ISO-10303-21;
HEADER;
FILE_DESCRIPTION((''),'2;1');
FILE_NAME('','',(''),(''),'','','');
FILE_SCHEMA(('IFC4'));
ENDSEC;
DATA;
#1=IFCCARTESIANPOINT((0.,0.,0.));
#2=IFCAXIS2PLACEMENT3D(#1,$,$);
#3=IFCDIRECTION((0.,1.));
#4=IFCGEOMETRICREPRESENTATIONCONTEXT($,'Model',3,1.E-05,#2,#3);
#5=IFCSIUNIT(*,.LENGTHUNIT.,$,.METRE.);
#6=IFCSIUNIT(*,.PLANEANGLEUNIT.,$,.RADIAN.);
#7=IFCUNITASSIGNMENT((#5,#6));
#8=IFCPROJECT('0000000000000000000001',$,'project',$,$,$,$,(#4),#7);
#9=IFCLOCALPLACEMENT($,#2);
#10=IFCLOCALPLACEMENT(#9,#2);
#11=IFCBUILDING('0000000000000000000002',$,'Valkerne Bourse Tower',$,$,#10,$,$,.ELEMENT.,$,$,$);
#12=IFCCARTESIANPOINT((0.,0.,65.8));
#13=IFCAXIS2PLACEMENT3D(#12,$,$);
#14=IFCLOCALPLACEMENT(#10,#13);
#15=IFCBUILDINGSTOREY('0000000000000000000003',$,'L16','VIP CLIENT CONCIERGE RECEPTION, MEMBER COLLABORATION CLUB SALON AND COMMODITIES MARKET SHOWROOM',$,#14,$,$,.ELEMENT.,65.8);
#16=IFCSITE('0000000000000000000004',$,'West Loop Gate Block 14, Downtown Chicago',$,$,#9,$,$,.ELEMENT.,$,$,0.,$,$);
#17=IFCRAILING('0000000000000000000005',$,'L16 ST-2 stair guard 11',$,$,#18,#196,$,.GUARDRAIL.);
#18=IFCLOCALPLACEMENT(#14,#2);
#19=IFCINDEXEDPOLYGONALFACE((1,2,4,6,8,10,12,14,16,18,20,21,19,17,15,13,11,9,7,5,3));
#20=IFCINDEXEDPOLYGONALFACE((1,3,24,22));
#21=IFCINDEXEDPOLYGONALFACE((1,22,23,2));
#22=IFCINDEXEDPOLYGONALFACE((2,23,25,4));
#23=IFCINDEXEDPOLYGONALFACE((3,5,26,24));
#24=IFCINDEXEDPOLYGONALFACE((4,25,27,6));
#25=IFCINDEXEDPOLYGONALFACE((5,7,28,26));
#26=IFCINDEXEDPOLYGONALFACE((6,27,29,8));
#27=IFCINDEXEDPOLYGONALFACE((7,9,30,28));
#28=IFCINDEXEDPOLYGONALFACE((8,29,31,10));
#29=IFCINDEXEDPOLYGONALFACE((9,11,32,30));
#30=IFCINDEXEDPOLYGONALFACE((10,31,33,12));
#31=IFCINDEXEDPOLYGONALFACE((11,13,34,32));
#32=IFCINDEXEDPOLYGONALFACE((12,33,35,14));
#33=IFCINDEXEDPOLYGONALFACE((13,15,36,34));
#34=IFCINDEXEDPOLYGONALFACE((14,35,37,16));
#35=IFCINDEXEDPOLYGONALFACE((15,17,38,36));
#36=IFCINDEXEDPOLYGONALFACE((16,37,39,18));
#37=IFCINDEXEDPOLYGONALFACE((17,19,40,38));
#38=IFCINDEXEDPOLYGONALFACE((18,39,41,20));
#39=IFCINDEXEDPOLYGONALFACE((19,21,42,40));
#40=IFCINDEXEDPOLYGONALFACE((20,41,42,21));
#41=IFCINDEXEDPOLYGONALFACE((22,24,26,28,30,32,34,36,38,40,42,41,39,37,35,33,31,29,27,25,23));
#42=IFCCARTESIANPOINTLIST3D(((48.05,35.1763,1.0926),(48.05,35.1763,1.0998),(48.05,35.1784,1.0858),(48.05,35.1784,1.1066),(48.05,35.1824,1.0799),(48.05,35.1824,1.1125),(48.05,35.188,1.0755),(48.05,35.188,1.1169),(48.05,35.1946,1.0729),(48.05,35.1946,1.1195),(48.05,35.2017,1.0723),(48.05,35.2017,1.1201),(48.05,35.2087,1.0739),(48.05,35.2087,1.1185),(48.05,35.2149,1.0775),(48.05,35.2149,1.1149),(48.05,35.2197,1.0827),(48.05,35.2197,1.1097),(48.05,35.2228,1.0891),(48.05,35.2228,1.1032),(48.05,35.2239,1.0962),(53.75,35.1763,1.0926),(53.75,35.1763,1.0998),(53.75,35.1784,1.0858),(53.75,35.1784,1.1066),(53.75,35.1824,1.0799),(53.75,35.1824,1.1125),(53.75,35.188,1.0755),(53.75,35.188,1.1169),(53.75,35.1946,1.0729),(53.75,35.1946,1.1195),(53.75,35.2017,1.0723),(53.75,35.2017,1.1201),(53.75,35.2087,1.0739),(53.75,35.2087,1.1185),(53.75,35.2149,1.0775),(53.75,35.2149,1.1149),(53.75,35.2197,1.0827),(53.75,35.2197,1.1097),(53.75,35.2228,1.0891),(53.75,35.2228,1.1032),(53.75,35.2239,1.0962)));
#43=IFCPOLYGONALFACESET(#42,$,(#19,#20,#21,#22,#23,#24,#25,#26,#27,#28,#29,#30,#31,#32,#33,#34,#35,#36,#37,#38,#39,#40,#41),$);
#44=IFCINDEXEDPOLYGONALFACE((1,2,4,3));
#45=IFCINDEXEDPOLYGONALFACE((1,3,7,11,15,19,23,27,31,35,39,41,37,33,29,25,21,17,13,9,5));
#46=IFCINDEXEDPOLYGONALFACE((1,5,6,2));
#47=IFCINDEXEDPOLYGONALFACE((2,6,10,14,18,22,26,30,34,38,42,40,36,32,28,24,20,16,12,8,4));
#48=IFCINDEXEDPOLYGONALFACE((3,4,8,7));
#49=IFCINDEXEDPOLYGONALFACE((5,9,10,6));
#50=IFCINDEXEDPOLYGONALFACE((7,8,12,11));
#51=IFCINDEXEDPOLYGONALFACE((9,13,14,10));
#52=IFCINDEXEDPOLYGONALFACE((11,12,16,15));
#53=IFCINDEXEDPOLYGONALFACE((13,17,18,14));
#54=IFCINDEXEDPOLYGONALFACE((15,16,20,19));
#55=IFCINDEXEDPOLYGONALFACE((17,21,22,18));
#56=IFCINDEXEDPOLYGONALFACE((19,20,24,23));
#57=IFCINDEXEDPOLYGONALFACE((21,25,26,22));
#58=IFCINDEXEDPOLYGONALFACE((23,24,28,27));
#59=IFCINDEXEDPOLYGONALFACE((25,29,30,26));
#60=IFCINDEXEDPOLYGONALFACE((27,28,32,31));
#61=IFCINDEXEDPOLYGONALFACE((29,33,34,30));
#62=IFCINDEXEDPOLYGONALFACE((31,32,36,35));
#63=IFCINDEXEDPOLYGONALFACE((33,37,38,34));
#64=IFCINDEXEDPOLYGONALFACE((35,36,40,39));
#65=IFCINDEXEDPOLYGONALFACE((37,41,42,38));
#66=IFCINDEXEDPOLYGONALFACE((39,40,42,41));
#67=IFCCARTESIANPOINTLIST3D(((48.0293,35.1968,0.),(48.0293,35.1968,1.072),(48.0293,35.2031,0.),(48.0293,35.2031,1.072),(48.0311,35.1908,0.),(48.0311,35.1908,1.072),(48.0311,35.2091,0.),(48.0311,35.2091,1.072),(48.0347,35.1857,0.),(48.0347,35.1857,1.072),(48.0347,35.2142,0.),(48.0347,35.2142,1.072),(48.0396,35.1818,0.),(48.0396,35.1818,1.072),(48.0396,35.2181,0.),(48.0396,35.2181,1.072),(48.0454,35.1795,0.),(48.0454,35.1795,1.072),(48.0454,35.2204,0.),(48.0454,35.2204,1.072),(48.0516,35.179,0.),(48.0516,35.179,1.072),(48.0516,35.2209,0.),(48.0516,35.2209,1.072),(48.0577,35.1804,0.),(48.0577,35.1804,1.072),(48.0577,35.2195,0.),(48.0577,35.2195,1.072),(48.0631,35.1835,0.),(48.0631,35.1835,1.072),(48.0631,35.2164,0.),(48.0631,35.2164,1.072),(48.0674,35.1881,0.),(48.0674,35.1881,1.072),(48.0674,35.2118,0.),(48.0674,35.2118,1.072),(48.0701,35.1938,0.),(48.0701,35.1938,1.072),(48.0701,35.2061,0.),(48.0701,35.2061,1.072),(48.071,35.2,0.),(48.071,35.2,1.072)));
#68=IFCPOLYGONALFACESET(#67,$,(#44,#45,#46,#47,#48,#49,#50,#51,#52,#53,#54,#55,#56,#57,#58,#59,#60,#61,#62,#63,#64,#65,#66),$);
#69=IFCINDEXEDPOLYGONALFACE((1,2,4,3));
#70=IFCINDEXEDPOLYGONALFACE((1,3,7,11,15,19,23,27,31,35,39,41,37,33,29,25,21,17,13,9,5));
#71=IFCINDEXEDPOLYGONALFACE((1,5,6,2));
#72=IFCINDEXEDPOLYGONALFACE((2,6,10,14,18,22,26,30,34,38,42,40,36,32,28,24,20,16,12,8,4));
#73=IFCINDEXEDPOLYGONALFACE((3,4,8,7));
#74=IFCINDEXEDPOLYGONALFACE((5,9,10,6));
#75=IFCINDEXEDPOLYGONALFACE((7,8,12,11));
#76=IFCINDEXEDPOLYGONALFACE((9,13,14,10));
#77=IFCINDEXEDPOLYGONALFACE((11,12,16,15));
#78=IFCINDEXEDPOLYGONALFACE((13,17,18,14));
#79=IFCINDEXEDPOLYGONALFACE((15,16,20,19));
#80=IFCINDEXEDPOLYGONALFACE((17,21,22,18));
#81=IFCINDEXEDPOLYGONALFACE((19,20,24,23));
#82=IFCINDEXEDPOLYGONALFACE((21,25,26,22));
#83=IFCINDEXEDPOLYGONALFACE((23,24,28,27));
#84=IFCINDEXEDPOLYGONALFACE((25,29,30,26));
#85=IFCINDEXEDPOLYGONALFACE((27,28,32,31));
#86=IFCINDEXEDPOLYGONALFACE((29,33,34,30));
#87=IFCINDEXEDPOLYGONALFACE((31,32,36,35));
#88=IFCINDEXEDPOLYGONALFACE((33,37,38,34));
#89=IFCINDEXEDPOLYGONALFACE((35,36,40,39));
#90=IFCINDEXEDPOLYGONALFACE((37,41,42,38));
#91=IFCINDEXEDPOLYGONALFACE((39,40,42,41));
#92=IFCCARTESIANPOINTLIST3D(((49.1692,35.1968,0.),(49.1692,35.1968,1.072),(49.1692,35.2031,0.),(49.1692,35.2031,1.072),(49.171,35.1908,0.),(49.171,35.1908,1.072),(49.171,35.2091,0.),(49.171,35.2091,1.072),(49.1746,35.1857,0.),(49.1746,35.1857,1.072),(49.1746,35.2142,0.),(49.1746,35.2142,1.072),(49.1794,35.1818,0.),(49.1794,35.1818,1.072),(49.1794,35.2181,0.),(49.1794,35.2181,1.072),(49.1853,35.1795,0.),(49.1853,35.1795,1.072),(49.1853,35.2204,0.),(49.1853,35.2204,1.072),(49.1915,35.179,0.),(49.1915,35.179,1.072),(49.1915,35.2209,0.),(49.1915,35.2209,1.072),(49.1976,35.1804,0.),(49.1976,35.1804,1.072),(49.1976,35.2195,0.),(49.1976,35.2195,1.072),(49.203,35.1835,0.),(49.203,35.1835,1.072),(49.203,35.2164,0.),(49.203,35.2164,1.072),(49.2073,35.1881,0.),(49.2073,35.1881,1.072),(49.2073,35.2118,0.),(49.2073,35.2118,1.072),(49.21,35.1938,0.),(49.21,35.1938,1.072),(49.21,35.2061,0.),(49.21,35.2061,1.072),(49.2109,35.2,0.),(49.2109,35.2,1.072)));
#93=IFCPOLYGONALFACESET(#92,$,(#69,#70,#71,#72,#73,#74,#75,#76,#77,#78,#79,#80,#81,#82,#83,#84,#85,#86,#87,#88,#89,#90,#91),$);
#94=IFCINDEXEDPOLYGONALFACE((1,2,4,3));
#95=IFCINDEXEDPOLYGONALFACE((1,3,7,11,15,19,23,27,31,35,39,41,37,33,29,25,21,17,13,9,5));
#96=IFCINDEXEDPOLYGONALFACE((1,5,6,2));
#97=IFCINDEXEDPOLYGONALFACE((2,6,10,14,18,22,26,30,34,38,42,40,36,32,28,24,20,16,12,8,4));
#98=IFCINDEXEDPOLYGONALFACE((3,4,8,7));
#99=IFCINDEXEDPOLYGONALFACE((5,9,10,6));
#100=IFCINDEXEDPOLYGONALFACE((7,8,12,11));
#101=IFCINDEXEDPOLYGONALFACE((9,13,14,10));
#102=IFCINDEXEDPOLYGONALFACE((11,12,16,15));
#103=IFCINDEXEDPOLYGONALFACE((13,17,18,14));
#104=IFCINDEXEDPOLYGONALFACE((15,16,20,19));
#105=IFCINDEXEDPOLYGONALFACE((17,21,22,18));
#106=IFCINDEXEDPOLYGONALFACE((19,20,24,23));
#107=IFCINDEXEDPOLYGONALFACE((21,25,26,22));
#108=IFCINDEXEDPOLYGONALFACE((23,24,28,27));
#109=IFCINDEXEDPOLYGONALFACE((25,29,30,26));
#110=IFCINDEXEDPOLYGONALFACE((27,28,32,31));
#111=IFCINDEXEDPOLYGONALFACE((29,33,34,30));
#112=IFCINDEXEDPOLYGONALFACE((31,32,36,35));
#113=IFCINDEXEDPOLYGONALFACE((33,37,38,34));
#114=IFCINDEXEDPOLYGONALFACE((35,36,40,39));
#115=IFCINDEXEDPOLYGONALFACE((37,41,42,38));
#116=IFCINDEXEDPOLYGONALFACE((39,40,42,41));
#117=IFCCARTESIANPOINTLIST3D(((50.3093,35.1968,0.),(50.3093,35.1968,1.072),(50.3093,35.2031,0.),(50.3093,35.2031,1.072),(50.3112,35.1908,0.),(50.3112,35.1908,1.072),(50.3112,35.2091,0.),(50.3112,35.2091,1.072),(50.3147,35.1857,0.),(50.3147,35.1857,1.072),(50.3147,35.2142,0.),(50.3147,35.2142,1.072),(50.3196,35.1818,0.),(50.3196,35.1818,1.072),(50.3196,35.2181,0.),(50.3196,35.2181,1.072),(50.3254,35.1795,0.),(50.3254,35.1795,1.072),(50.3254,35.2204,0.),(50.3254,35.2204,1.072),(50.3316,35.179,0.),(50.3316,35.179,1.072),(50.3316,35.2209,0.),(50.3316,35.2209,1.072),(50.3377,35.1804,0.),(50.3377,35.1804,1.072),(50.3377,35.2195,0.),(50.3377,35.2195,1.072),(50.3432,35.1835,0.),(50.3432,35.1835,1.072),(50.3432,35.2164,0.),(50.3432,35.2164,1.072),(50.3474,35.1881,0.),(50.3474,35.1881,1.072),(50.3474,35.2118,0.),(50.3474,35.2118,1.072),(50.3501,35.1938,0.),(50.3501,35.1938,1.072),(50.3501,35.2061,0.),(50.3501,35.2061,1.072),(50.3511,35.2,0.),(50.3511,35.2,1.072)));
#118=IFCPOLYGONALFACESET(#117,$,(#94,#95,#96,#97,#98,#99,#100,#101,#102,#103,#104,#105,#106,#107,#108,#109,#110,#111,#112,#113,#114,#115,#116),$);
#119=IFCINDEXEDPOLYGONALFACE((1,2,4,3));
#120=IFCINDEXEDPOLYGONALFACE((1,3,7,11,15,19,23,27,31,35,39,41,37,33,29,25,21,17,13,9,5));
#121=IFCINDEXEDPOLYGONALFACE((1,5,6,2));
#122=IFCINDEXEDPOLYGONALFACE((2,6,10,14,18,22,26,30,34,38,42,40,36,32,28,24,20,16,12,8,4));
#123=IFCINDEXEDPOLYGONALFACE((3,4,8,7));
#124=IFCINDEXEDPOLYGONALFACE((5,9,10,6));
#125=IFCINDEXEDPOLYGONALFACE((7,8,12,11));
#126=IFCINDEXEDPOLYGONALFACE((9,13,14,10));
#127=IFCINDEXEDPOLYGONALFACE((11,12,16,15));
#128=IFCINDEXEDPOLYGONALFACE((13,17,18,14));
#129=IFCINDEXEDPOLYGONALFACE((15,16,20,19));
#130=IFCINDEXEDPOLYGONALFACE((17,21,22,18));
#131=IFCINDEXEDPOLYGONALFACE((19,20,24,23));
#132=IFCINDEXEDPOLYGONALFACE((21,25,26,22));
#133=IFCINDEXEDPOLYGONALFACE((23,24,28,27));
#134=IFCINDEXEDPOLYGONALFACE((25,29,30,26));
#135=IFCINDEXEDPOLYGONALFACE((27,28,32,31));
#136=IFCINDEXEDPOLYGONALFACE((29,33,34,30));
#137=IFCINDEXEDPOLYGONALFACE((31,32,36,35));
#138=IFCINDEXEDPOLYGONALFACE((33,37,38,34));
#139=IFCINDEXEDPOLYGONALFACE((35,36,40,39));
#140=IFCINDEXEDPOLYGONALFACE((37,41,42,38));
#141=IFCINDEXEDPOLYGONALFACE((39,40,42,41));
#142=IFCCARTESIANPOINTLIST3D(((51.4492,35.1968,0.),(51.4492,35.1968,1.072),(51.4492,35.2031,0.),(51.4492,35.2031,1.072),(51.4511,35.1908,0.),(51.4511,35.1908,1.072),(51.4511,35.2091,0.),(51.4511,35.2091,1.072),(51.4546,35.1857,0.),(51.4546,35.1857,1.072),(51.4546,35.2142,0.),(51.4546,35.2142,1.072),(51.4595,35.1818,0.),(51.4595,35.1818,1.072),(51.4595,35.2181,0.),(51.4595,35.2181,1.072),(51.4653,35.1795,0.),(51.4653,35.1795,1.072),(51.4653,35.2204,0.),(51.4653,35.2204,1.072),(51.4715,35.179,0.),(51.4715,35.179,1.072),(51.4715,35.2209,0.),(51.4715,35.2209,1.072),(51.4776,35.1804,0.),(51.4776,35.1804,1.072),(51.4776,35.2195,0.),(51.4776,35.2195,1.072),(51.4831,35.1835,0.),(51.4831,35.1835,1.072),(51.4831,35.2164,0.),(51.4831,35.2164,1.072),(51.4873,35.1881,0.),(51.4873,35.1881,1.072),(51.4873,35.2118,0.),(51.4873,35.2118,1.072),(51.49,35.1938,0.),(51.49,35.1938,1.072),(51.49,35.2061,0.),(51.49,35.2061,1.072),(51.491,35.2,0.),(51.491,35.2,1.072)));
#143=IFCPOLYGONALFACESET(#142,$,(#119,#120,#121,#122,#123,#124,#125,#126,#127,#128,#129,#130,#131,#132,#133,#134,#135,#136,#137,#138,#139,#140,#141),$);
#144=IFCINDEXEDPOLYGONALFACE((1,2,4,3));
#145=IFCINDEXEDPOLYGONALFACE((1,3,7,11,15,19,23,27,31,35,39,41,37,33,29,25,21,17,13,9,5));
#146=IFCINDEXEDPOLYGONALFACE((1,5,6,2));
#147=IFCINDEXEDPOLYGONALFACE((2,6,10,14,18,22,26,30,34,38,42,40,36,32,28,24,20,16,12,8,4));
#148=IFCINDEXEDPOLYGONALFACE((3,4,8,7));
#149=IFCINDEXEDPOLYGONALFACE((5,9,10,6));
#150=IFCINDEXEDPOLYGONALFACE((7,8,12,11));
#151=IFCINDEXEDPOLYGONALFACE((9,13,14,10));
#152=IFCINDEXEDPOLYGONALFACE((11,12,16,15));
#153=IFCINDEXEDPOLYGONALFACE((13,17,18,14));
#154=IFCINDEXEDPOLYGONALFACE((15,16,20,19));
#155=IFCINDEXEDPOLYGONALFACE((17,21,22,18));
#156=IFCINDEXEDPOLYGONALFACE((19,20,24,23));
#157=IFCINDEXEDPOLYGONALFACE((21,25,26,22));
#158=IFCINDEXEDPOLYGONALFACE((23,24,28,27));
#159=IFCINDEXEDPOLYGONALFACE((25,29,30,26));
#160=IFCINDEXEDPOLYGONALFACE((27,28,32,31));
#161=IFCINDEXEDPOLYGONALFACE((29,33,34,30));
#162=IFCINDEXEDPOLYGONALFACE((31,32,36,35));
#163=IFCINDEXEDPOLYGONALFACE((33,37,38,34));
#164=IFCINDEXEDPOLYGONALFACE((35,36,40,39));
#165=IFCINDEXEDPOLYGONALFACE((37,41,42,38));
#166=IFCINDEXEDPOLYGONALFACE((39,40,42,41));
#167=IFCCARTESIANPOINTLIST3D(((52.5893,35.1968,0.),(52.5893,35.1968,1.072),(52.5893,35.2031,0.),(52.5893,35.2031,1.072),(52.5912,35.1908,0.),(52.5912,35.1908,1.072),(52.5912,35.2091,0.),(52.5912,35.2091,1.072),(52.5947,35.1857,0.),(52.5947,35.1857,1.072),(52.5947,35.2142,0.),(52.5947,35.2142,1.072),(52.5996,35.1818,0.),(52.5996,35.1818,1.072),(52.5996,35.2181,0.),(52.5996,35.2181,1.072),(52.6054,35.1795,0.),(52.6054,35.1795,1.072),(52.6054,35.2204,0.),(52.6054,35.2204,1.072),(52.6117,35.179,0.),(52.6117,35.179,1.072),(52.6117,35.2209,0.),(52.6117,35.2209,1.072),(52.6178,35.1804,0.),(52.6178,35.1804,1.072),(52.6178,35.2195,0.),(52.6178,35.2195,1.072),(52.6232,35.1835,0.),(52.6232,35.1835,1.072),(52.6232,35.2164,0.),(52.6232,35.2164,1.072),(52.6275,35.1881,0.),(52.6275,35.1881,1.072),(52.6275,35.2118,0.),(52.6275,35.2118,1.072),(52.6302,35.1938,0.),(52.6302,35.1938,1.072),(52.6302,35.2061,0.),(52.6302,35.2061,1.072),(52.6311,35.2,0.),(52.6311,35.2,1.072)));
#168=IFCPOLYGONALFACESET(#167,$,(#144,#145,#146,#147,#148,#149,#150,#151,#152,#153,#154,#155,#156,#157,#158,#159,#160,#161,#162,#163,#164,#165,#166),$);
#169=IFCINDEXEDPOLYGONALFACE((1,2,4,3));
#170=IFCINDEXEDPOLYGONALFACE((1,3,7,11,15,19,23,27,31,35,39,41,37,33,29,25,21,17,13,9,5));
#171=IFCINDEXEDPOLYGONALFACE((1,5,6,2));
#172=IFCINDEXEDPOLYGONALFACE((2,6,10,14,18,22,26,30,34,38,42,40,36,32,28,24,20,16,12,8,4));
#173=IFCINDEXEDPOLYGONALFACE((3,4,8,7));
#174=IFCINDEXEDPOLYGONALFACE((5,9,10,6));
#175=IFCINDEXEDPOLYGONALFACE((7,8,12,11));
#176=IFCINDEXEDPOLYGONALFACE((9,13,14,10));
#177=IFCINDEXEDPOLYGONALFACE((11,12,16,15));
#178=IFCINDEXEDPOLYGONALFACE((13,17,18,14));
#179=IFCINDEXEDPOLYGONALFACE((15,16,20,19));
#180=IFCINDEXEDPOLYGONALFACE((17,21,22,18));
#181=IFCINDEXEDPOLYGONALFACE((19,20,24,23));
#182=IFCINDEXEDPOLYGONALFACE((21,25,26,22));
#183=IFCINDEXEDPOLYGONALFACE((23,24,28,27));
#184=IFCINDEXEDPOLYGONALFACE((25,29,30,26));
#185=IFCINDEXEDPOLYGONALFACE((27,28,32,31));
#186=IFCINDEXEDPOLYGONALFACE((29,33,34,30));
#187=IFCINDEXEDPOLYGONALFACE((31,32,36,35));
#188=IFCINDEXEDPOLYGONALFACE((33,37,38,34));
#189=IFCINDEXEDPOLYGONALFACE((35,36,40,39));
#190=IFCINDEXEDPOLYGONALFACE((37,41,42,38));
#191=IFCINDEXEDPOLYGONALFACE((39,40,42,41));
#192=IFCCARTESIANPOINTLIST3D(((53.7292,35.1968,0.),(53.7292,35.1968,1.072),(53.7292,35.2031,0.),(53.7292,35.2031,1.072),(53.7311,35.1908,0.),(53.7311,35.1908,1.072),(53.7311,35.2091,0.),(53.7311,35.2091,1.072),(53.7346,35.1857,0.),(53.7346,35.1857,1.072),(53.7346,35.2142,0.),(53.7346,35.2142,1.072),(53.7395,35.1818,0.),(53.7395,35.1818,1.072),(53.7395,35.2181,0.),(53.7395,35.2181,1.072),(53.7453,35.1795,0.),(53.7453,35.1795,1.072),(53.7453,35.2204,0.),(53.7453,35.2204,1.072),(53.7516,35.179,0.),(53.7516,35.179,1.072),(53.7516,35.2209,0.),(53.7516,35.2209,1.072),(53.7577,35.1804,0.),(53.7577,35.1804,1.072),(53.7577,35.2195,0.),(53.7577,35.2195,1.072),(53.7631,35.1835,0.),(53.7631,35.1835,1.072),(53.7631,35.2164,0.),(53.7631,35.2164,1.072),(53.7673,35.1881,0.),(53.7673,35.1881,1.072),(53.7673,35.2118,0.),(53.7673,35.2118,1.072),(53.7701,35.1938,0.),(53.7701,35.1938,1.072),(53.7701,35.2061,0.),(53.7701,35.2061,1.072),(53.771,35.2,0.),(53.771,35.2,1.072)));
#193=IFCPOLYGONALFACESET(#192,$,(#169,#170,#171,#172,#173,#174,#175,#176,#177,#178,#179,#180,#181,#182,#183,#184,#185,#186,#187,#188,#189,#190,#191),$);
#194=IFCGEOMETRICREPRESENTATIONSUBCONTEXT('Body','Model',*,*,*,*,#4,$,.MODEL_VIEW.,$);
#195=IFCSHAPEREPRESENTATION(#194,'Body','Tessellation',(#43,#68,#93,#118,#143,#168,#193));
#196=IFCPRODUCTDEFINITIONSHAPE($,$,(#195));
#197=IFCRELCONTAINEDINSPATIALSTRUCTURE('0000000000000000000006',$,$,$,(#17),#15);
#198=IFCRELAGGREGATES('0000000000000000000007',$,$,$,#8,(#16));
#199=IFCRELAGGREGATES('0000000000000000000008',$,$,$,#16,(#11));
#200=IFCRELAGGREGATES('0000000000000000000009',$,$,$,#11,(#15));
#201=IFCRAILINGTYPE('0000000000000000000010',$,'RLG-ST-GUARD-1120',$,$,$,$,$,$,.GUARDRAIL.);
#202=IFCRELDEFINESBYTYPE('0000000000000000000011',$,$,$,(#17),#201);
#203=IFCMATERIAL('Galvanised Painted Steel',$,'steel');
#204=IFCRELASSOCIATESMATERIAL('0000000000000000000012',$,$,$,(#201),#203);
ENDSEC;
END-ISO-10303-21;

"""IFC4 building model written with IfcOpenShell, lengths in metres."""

from ifc_helpers import new_model, si_unit, direction, frame, origin, origin_2d, place, context, subcontext, project, spatial, circle, extrude, material, type_object, element, save


model = new_model("IFC4")

# Units and contexts
model_context = context("Model", 3, precision=1e-05, world=origin(), true_north=direction((0.0, 1.0)))
body_context = subcontext(model_context, "Body", "Model", "MODEL_VIEW")
ifc_project = project(units=[si_unit("LENGTHUNIT", "METRE"), si_unit("PLANEANGLEUNIT", "RADIAN")], contexts=[model_context])

# Site, building, storey
site_placement = place(None, origin())
site = spatial("IfcSite", under=ifc_project, at=site_placement, Name="West Loop Gate Block 14, Downtown Chicago", CompositionType="ELEMENT", RefElevation=0.0)
building_placement = place(site_placement, origin())
building = spatial("IfcBuilding", under=site, at=building_placement, Name="Valkerne Bourse Tower", CompositionType="ELEMENT")
storey_placement = place(building_placement, frame((0.0, 0.0, 65.8)))
storey = spatial("IfcBuildingStorey", under=building, at=storey_placement, Name="L16", Description="VIP CLIENT CONCIERGE RECEPTION, MEMBER COLLABORATION CLUB SALON AND COMMODITIES MARKET SHOWROOM", CompositionType="ELEMENT", Elevation=65.8)

# Shared definitions
ifc_material_1 = material(Name="Galvanised Painted Steel", Category="steel")

# Railing
railing_type_1 = type_object("IfcRailingType", Name="RLG-ST-GUARD-1120", PredefinedType="GUARDRAIL", material=ifc_material_1)
for number, where, name in (
    (1, (48.05, 35.2, 0.0), "L16 ST-2 stair guard 11"),
):
    element("IfcRailing", number, at=place(storey_placement, frame(where)), inside=storey, type_object=railing_type_1, Name=name, PredefinedType="GUARDRAIL", context=body_context, shape_type="SweptSolid", body=[
        extrude(circle(Radius=0.0239, at=origin_2d()), frame((0.0, 0.0, 1.0962), z_axis=(1.0, 0.0, 0.0), x_axis=(0.0, 1.0, 0.0)), (0.0, 0.0, 1.0), 5.7),
        extrude(circle(Radius=0.021, at=origin_2d()), origin(), (0.0, 0.0, 1.0), 1.072),
        extrude(circle(Radius=0.021, at=origin_2d()), frame((1.1399, 0.0, 0.0)), (0.0, 0.0, 1.0), 1.072),
        extrude(circle(Radius=0.021, at=origin_2d()), frame((2.28, 0.0, 0.0)), (0.0, 0.0, 1.0), 1.072),
        extrude(circle(Radius=0.021, at=origin_2d()), frame((3.4199, 0.0, 0.0)), (0.0, 0.0, 1.0), 1.072),
        extrude(circle(Radius=0.021, at=origin_2d()), frame((4.5601, 0.0, 0.0)), (0.0, 0.0, 1.0), 1.072),
        extrude(circle(Radius=0.021, at=origin_2d()), frame((5.7, 0.0, 0.0)), (0.0, 0.0, 1.0), 1.072),
    ])

save(model, "model.ifc")
